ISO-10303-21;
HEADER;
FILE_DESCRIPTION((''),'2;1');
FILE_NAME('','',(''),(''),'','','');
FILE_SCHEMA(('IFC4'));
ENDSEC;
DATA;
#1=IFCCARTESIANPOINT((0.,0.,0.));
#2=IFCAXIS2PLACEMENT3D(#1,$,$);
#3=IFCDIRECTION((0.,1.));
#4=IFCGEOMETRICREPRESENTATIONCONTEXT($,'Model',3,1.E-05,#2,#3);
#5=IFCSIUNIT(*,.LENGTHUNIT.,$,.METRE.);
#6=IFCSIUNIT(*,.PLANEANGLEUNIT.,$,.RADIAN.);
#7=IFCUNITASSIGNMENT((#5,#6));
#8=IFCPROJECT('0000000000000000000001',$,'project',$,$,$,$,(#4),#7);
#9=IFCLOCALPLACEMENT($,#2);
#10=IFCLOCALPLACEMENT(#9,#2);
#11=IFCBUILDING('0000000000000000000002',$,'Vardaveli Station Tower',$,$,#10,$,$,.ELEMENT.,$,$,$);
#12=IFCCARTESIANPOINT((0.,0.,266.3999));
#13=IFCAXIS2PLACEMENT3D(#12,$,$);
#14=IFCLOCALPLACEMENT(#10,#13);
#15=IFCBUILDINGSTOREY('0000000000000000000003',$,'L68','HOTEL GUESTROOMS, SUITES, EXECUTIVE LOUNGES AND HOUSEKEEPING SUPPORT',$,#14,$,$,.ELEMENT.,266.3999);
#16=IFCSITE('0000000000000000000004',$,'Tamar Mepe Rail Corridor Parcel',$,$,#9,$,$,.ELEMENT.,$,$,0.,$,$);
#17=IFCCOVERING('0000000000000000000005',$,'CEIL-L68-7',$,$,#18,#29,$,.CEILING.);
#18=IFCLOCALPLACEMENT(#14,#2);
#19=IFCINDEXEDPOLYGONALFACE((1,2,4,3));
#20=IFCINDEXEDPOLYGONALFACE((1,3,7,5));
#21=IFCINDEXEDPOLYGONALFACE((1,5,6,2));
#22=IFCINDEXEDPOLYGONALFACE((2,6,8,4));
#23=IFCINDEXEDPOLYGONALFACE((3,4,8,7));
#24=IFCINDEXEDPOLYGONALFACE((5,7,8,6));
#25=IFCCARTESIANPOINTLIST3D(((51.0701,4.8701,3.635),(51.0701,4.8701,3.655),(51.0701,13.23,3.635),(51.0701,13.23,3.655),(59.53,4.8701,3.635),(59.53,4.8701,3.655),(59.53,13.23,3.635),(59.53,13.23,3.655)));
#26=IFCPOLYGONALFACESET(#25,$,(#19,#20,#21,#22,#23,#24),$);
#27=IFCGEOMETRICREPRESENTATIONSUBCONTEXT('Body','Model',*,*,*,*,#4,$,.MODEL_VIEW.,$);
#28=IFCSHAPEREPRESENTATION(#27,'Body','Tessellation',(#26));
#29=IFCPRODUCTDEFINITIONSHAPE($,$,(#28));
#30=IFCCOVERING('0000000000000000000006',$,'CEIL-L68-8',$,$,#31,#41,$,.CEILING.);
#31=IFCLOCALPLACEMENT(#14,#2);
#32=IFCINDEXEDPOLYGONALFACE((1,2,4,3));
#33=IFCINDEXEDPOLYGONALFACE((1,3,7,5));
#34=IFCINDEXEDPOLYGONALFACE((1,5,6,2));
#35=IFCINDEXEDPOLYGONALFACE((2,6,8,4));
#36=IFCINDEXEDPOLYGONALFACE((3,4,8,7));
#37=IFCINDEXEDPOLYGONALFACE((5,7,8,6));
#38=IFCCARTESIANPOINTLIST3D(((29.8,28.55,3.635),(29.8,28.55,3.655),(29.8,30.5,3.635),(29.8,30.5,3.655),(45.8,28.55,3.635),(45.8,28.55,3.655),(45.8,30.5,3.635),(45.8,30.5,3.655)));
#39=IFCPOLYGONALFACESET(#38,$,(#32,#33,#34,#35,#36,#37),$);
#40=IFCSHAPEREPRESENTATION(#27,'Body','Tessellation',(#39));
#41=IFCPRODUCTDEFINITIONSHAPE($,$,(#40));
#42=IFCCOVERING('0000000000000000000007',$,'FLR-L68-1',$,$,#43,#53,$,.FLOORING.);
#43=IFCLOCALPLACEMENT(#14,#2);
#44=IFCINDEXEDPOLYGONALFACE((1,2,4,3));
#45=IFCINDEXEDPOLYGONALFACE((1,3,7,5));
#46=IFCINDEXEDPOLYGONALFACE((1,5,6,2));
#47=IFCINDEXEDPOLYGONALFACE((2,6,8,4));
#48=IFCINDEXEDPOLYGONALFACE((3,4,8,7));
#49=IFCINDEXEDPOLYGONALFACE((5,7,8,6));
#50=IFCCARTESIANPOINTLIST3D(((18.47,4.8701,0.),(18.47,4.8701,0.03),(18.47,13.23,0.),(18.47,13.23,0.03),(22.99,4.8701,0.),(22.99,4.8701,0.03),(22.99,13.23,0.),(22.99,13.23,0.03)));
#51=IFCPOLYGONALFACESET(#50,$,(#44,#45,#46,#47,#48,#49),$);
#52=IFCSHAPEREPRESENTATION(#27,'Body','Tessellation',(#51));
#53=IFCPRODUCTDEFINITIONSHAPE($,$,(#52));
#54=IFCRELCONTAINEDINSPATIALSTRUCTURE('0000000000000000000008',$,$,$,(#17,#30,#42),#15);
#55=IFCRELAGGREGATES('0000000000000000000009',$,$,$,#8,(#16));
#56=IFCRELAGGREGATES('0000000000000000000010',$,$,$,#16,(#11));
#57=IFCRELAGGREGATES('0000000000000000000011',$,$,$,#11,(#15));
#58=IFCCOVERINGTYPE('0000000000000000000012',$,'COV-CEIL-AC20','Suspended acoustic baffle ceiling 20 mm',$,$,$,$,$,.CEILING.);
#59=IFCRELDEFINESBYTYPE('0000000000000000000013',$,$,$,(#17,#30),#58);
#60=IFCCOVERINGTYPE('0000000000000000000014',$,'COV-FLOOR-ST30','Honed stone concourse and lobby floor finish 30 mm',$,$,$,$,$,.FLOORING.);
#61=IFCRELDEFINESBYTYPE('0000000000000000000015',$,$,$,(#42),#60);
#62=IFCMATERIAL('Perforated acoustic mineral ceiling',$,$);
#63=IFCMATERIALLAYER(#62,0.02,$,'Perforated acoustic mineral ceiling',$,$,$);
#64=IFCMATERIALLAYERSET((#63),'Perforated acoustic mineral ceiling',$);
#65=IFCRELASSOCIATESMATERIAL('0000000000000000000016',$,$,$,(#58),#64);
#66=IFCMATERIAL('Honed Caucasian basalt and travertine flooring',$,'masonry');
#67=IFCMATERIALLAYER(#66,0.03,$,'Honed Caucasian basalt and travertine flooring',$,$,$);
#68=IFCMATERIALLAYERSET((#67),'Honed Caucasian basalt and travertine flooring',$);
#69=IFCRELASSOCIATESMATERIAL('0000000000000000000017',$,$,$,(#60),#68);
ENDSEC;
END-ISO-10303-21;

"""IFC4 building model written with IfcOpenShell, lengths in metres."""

from ifc_helpers import new_model, si_unit, direction, frame, origin, place, context, subcontext, project, spatial, polyline, outline, extrude, material, layer, layer_set, type_object, element, save


model = new_model("IFC4")

# Units and contexts
model_context = context("Model", 3, precision=1e-05, world=origin(), true_north=direction((0.0, 1.0)))
body_context = subcontext(model_context, "Body", "Model", "MODEL_VIEW")
ifc_project = project(units=[si_unit("LENGTHUNIT", "METRE"), si_unit("PLANEANGLEUNIT", "RADIAN")], contexts=[model_context])

# Site, building, storey
site_placement = place(None, origin())
site = spatial("IfcSite", under=ifc_project, at=site_placement, Name="Tamar Mepe Rail Corridor Parcel", CompositionType="ELEMENT", RefElevation=0.0)
building_placement = place(site_placement, origin())
building = spatial("IfcBuilding", under=site, at=building_placement, Name="Vardaveli Station Tower", CompositionType="ELEMENT")
storey_placement = place(building_placement, frame((0.0, 0.0, 266.3999)))
storey = spatial("IfcBuildingStorey", under=building, at=storey_placement, Name="L68", Description="HOTEL GUESTROOMS, SUITES, EXECUTIVE LOUNGES AND HOUSEKEEPING SUPPORT", CompositionType="ELEMENT", Elevation=266.3999)

# Coverings
ifc_material_1 = material(Name="Perforated acoustic mineral ceiling")
ifc_layer_1 = layer(ifc_material_1, 0.02, Name="Perforated acoustic mineral ceiling")
ifc_layer_set_1 = layer_set([ifc_layer_1], Name="Perforated acoustic mineral ceiling")
covering_type_1 = type_object("IfcCoveringType", Name="COV-CEIL-AC20", Description="Suspended acoustic baffle ceiling 20 mm", PredefinedType="CEILING", material=ifc_layer_set_1)
covering_1_placement = place(storey_placement, frame((0.0, 0.0, 3.635)))
element("IfcCovering", 1, at=covering_1_placement, inside=storey, type_object=covering_type_1, Name="CEIL-L68-7", PredefinedType="CEILING", context=body_context, shape_type="SweptSolid", body=[
    extrude(outline(polyline([(51.0701, 4.8701), (59.53, 4.8701), (59.53, 13.23), (51.0701, 13.23), (51.0701, 4.8701)])), origin(), (0.0, 0.0, 1.0), 0.02),
])
covering_2_placement = place(storey_placement, frame((0.0, 0.0, 3.635)))
element("IfcCovering", 2, at=covering_2_placement, inside=storey, type_object=covering_type_1, Name="CEIL-L68-8", PredefinedType="CEILING", context=body_context, shape_type="SweptSolid", body=[
    extrude(outline(polyline([(29.8, 28.55), (45.8, 28.55), (45.8, 30.5), (29.8, 30.5), (29.8, 28.55)])), origin(), (0.0, 0.0, 1.0), 0.02),
])
ifc_material_2 = material(Name="Honed Caucasian basalt and travertine flooring", Category="masonry")
ifc_layer_2 = layer(ifc_material_2, 0.03, Name="Honed Caucasian basalt and travertine flooring")
ifc_layer_set_2 = layer_set([ifc_layer_2], Name="Honed Caucasian basalt and travertine flooring")
covering_type_2 = type_object("IfcCoveringType", Name="COV-FLOOR-ST30", Description="Honed stone concourse and lobby floor finish 30 mm", PredefinedType="FLOORING", material=ifc_layer_set_2)
covering_3_placement = place(storey_placement, origin())
element("IfcCovering", 3, at=covering_3_placement, inside=storey, type_object=covering_type_2, Name="FLR-L68-1", PredefinedType="FLOORING", context=body_context, shape_type="SweptSolid", body=[
    extrude(outline(polyline([(18.47, 4.8701), (22.99, 4.8701), (22.99, 13.23), (18.47, 13.23), (18.47, 4.8701)])), origin(), (0.0, 0.0, 1.0), 0.03),
])

save(model, "model.ifc")
